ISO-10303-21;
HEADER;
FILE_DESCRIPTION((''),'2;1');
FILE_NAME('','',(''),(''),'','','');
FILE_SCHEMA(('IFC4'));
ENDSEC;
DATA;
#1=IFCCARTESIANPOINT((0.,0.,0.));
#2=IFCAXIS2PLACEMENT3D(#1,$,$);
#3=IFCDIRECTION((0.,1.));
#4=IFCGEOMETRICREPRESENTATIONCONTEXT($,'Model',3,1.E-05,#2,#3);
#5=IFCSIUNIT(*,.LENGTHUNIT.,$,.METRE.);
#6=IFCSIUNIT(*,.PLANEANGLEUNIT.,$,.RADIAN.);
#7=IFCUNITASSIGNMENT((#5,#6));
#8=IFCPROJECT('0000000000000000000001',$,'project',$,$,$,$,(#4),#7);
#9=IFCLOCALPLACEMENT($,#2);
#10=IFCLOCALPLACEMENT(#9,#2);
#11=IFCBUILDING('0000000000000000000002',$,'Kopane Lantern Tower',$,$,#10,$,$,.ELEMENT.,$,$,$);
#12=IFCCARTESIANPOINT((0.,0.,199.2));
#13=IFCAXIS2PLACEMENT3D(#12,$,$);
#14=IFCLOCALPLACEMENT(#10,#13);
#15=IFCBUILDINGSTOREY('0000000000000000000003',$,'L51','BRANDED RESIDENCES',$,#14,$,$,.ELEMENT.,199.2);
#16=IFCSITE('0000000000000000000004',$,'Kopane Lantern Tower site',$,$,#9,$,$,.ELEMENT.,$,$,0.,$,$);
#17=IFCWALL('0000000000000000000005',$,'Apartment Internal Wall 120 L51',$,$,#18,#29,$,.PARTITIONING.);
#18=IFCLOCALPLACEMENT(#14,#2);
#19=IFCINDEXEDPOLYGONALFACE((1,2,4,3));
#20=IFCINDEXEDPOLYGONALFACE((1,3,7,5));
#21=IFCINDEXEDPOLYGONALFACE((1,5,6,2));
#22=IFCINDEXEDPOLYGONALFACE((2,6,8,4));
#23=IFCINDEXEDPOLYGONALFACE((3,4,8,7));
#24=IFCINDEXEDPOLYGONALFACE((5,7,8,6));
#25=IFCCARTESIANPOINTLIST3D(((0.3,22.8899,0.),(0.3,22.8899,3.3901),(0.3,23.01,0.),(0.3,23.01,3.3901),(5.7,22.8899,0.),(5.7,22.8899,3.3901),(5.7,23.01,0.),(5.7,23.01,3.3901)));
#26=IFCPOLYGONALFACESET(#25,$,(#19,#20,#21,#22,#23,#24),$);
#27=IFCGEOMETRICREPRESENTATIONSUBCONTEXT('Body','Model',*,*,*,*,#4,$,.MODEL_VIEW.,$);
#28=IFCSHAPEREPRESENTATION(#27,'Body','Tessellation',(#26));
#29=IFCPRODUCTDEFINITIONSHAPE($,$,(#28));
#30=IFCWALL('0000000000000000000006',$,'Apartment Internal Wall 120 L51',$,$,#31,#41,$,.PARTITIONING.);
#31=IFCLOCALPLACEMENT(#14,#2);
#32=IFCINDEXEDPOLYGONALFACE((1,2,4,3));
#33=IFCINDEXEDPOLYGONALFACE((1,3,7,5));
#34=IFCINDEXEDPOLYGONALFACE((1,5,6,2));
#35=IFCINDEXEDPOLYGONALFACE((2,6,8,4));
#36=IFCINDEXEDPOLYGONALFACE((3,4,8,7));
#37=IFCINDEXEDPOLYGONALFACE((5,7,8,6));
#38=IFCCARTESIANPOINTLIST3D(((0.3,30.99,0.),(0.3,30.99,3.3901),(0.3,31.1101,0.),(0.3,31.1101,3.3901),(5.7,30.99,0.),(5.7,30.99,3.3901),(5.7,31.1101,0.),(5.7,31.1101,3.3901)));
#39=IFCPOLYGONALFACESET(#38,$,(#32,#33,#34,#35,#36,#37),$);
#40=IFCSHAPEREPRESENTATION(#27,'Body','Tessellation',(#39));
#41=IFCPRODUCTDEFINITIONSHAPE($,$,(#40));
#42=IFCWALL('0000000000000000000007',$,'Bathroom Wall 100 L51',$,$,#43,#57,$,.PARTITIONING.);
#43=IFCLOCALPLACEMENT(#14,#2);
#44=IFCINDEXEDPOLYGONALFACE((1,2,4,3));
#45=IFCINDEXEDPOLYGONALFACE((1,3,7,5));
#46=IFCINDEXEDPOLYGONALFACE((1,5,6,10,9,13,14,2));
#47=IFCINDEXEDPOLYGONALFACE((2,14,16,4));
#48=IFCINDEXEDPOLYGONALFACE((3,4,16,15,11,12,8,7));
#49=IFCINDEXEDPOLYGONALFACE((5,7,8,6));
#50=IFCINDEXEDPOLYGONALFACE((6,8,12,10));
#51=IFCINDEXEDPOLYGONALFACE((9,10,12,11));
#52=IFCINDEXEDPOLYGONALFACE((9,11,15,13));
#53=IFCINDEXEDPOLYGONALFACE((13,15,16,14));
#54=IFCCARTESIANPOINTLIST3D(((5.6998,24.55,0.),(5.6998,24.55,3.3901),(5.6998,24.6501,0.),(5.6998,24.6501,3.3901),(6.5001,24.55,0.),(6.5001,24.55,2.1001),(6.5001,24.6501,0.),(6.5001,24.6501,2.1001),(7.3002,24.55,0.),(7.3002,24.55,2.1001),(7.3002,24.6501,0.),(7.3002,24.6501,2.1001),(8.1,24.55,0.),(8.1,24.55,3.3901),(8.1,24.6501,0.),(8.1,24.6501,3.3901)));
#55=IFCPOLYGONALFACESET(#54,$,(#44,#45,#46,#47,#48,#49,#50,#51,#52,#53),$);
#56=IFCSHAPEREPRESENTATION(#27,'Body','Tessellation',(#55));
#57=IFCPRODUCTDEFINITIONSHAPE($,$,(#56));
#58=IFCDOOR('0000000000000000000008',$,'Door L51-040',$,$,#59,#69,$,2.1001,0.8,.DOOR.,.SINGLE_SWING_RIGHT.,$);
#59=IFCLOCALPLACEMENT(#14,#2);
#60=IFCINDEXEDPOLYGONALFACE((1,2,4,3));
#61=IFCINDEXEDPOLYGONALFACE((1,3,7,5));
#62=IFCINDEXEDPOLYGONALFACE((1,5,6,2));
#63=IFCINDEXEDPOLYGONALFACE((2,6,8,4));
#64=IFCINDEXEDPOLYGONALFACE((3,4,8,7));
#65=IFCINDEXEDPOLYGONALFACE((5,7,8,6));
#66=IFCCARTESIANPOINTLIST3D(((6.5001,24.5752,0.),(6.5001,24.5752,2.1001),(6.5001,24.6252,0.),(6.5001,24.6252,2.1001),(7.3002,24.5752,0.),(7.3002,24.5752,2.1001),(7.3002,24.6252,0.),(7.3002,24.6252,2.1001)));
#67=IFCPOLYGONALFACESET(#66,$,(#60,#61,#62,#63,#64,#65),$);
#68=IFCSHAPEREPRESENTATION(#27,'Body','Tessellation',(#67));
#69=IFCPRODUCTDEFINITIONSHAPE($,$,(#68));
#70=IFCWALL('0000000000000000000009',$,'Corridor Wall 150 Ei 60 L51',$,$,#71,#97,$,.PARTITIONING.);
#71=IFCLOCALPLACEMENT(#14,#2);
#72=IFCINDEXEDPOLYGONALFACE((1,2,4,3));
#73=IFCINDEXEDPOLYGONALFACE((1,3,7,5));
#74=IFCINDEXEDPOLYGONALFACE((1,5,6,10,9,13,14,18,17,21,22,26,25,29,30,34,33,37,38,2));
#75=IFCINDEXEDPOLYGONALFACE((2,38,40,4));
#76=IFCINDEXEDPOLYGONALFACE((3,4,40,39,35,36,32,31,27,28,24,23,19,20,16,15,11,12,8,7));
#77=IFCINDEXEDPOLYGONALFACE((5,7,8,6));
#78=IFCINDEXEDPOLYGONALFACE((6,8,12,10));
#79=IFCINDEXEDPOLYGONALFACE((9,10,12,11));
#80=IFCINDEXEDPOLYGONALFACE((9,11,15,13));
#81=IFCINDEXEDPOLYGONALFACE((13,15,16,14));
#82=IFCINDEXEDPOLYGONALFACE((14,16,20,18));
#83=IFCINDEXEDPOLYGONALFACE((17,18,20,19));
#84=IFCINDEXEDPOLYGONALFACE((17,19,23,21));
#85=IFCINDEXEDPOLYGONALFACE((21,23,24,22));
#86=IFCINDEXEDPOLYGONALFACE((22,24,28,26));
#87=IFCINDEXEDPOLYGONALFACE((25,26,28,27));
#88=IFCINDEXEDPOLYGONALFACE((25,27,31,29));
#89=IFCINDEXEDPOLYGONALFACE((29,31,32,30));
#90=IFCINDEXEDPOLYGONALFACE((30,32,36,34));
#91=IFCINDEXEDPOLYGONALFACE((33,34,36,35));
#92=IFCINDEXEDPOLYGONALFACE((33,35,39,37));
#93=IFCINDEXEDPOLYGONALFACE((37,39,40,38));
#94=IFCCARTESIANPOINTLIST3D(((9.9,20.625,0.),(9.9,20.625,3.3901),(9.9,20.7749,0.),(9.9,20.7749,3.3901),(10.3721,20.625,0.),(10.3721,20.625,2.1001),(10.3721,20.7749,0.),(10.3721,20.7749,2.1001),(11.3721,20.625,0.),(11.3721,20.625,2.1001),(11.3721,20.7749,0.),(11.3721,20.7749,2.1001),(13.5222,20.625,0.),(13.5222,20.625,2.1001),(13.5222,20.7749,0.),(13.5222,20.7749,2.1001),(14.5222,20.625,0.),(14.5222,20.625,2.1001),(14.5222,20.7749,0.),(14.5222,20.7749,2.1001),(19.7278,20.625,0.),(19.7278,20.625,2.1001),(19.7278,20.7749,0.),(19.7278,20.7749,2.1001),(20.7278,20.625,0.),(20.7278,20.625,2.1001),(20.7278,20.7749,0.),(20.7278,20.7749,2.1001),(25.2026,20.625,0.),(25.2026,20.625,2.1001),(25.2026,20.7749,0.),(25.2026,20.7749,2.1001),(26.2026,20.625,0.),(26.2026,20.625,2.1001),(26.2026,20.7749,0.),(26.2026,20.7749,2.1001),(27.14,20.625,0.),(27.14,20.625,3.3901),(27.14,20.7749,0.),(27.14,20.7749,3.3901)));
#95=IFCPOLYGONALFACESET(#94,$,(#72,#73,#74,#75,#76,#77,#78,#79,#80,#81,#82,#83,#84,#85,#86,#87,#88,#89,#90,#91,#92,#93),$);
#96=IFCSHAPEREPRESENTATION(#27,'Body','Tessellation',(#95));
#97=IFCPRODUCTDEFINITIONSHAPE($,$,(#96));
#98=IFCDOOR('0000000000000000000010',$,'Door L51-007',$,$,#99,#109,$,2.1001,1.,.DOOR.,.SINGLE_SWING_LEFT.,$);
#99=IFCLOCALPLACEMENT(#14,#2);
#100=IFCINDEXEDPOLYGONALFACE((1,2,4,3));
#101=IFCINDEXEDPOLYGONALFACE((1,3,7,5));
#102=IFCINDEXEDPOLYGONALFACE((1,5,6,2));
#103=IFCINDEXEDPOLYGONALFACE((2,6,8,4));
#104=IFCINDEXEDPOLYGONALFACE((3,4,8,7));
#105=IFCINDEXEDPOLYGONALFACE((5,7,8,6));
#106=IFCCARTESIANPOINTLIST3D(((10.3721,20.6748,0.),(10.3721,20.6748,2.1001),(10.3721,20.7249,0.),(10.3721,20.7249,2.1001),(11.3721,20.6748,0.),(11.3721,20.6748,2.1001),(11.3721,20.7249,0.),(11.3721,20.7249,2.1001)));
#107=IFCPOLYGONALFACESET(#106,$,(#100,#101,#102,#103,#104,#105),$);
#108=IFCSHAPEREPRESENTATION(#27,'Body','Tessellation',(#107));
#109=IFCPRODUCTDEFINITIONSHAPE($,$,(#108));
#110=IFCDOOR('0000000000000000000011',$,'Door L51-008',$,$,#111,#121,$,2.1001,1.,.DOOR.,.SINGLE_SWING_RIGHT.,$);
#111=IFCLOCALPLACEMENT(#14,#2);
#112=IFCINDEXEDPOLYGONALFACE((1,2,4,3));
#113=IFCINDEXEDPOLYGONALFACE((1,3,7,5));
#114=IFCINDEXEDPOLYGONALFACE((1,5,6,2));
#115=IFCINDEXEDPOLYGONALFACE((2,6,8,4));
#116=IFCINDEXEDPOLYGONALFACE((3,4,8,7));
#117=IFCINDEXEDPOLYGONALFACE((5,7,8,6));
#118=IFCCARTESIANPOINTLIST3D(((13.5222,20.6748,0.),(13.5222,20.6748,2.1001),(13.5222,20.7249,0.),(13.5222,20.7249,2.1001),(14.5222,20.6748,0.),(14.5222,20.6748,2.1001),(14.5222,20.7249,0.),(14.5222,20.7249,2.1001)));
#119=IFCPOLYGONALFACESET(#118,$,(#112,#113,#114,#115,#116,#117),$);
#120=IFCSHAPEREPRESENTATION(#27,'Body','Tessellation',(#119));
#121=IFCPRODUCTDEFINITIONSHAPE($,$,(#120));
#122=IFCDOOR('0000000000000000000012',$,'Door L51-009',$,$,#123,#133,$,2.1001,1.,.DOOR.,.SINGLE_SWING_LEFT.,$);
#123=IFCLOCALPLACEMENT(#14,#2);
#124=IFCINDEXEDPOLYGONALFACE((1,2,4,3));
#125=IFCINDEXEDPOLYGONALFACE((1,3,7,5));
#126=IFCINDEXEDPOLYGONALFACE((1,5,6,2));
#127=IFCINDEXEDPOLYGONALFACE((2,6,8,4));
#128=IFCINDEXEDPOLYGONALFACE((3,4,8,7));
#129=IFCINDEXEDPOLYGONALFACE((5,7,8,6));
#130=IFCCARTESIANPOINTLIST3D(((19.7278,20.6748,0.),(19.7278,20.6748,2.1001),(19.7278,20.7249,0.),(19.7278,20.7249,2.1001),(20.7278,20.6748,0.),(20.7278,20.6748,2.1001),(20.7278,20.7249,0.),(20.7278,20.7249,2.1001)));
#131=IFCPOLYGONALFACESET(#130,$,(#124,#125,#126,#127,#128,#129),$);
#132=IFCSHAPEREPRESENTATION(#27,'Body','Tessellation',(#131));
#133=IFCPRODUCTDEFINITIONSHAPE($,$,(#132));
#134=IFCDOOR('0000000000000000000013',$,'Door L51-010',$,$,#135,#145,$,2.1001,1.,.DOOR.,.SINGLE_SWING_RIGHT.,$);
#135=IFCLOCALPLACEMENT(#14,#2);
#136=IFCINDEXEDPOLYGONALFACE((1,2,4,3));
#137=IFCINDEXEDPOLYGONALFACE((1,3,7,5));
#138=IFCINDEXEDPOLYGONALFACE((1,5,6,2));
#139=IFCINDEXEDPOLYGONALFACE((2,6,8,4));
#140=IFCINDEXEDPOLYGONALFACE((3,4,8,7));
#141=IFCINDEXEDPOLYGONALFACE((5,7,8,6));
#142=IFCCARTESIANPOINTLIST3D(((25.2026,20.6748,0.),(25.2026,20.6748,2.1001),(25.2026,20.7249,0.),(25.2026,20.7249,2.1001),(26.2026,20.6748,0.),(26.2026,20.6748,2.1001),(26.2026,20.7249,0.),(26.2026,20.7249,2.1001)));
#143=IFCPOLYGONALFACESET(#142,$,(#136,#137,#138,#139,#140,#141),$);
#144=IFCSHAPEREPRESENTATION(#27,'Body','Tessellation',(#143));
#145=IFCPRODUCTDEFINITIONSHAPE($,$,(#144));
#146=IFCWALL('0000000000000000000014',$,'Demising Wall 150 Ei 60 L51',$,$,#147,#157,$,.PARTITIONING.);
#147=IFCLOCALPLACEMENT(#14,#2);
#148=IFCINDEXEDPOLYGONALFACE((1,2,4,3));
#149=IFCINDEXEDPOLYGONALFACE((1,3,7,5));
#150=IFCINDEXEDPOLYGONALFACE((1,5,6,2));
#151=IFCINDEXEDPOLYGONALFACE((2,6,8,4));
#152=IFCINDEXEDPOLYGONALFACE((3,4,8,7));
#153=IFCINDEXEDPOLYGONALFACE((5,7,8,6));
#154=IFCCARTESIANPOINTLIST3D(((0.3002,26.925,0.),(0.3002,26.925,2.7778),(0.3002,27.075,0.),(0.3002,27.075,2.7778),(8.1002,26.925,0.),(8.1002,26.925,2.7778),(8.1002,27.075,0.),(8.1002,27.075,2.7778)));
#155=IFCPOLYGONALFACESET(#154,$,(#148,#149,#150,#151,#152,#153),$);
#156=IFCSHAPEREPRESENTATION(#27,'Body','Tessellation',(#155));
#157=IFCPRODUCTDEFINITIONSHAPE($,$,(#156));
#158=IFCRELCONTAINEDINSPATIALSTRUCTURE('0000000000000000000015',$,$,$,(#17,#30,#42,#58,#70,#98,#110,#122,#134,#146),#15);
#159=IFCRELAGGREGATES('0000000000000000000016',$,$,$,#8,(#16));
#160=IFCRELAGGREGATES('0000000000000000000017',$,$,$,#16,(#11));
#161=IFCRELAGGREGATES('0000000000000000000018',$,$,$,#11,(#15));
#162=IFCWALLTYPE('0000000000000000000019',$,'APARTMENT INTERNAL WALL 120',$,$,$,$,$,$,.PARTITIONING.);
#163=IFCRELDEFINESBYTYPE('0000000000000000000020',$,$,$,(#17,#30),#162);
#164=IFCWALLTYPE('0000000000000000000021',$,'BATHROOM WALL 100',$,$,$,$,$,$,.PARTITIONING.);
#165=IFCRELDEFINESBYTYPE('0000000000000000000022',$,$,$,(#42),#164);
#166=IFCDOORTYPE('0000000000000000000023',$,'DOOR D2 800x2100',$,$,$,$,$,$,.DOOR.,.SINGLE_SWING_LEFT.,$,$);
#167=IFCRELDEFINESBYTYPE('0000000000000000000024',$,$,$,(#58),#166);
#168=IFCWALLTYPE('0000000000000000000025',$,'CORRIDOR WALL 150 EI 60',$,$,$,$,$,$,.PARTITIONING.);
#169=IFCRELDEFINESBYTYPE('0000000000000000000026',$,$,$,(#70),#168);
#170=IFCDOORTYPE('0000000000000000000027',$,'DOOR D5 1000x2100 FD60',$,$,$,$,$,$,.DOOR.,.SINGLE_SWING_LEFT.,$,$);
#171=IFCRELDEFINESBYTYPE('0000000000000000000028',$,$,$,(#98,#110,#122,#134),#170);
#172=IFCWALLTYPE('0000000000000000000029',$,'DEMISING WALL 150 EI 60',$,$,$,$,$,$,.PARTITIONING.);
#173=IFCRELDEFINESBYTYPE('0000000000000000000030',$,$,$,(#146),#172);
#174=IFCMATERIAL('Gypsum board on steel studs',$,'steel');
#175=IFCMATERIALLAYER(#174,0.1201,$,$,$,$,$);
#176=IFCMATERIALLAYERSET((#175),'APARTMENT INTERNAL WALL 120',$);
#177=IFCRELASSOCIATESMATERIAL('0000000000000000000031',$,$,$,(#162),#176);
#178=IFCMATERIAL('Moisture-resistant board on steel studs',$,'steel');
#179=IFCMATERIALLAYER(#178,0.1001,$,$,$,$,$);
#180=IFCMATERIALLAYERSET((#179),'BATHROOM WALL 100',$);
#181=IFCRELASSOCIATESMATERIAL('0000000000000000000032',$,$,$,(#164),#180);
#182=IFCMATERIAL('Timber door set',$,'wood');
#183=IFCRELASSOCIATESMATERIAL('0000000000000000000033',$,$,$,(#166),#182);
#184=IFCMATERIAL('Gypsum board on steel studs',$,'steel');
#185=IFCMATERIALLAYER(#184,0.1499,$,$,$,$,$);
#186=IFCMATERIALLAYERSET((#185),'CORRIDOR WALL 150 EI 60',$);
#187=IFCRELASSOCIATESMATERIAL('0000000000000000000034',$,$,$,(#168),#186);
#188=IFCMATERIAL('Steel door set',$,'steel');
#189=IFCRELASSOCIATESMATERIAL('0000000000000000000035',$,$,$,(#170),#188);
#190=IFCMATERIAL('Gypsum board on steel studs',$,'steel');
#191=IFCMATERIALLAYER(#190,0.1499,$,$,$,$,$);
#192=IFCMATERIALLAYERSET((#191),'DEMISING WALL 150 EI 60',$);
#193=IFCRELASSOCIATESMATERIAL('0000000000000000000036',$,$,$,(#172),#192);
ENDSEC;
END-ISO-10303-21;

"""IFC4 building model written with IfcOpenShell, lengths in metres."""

from ifc_helpers import new_model, si_unit, direction, frame, frame_2d, origin, place, context, subcontext, project, spatial, rectangle, extrude, material, layer, layer_set, type_object, element, fill, save


model = new_model("IFC4")

# Units and contexts
model_context = context("Model", 3, precision=1e-05, world=origin(), true_north=direction((0.0, 1.0)))
body_context = subcontext(model_context, "Body", "Model", "MODEL_VIEW")
ifc_project = project(units=[si_unit("LENGTHUNIT", "METRE"), si_unit("PLANEANGLEUNIT", "RADIAN")], contexts=[model_context])

# Site, building, storey
site_placement = place(None, origin())
site = spatial("IfcSite", under=ifc_project, at=site_placement, Name="Kopane Lantern Tower site", CompositionType="ELEMENT", RefElevation=0.0)
building_placement = place(site_placement, origin())
building = spatial("IfcBuilding", under=site, at=building_placement, Name="Kopane Lantern Tower", CompositionType="ELEMENT")
storey_placement = place(building_placement, frame((0.0, 0.0, 199.2)))
storey = spatial("IfcBuildingStorey", under=building, at=storey_placement, Name="L51", Description="BRANDED RESIDENCES", CompositionType="ELEMENT", Elevation=199.2)

# Walls
ifc_material_1 = material(Name="Gypsum board on steel studs", Category="steel")
ifc_layer_1 = layer(ifc_material_1, 0.1201)
ifc_layer_set_1 = layer_set([ifc_layer_1], Name="APARTMENT INTERNAL WALL 120")
wall_type_1 = type_object("IfcWallType", Name="APARTMENT INTERNAL WALL 120", PredefinedType="PARTITIONING", material=ifc_layer_set_1)
for number, where, z_axis, x_axis, name in (
    (1, (5.7, 22.95, 0.0), (0.0, 0.0, 1.0), (-1.0, 0.0, 0.0), "Apartment Internal Wall 120 L51"),
    (2, (5.7, 31.05, 0.0), (0.0, 0.0, 1.0), (-1.0, 0.0, 0.0), "Apartment Internal Wall 120 L51"),
):
    element("IfcWall", number, at=place(storey_placement, frame(where, z_axis=z_axis, x_axis=x_axis)), inside=storey, type_object=wall_type_1, Name=name, PredefinedType="PARTITIONING", context=body_context, shape_type="SweptSolid", body=[
        extrude(rectangle(XDim=5.3999, YDim=0.1201, at=frame_2d((2.7, 0.0))), origin(), (0.0, 0.0, 1.0), 3.3901),
    ])

# Wall, opening, door
ifc_material_2 = material(Name="Moisture-resistant board on steel studs", Category="steel")
ifc_layer_2 = layer(ifc_material_2, 0.1001)
ifc_layer_set_2 = layer_set([ifc_layer_2], Name="BATHROOM WALL 100")
wall_type_2 = type_object("IfcWallType", Name="BATHROOM WALL 100", PredefinedType="PARTITIONING", material=ifc_layer_set_2)
wall_1_placement = place(storey_placement, frame((8.1001, 24.6001, 0.0), z_axis=(0.0, 0.0, 1.0), x_axis=(-1.0, 0.0, 0.0)))
wall_1 = element("IfcWall", 3, at=wall_1_placement, inside=storey, type_object=wall_type_2, Name="Bathroom Wall 100 L51", PredefinedType="PARTITIONING", context=body_context, shape_type="SweptSolid", body=[
    extrude(rectangle(XDim=2.4001, YDim=0.1001, at=frame_2d((1.2002, 0.0))), origin(), (0.0, 0.0, 1.0), 3.3901),
])
opening_1_placement = place(wall_1_placement, frame((0.8, 0.0, 0.0)))
opening_1 = element("IfcOpeningElement", 4, at=opening_1_placement, cuts=wall_1, PredefinedType="OPENING", context=body_context, shape_type="SweptSolid", body=[
    extrude(rectangle(XDim=0.8, YDim=2.1001, at=frame_2d((0.3999, 1.05))), frame((0.0, 0.0601, 0.0), z_axis=(0.0, -1.0, 0.0), x_axis=(1.0, 0.0, 0.0)), (0.0, 0.0, 1.0), 0.1201),
])
ifc_material_3 = material(Name="Timber door set", Category="wood")
door_type_1 = type_object("IfcDoorType", Name="DOOR D2 800x2100", OperationType="SINGLE_SWING_LEFT", PredefinedType="DOOR", material=ifc_material_3)
door_1_placement = place(opening_1_placement, origin())
door_1 = element("IfcDoor", 5, at=door_1_placement, inside=storey, type_object=door_type_1, Name="Door L51-040", OperationType="SINGLE_SWING_RIGHT", OverallHeight=2.1001, OverallWidth=0.8, PredefinedType="DOOR", context=body_context, shape_type="SweptSolid", body=[
    extrude(rectangle(XDim=0.8, YDim=2.1001, at=frame_2d((0.3999, 1.05))), frame((0.0, 0.0249, 0.0), z_axis=(0.0, -1.0, 0.0), x_axis=(1.0, 0.0, 0.0)), (0.0, 0.0, 1.0), 0.05),
])
fill(opening_1, door_1)

# Wall, openings, doors
ifc_material_4 = material(Name="Gypsum board on steel studs", Category="steel")
ifc_layer_3 = layer(ifc_material_4, 0.1499)
ifc_layer_set_3 = layer_set([ifc_layer_3], Name="CORRIDOR WALL 150 EI 60")
wall_type_3 = type_object("IfcWallType", Name="CORRIDOR WALL 150 EI 60", PredefinedType="PARTITIONING", material=ifc_layer_set_3)
wall_2_placement = place(storey_placement, frame((9.8999, 20.7, 0.0), z_axis=(0.0, 0.0, 1.0), x_axis=(1.0, 0.0, 0.0)))
wall_2 = element("IfcWall", 6, at=wall_2_placement, inside=storey, type_object=wall_type_3, Name="Corridor Wall 150 Ei 60 L51", PredefinedType="PARTITIONING", context=body_context, shape_type="SweptSolid", body=[
    extrude(rectangle(XDim=17.24, YDim=0.1499, at=frame_2d((8.6201, 0.0))), origin(), (0.0, 0.0, 1.0), 3.3901),
])
opening_2_placement = place(wall_2_placement, frame((0.4722, 0.0, 0.0)))
opening_2 = element("IfcOpeningElement", 7, at=opening_2_placement, cuts=wall_2, PredefinedType="OPENING", context=body_context, shape_type="SweptSolid", body=[
    extrude(rectangle(XDim=1.0, YDim=2.1001, at=frame_2d((0.5, 1.05))), frame((0.0, 0.085, 0.0), z_axis=(0.0, -1.0, 0.0), x_axis=(1.0, 0.0, 0.0)), (0.0, 0.0, 1.0), 0.1699),
])
opening_3_placement = place(wall_2_placement, frame((3.6223, 0.0, 0.0)))
opening_3 = element("IfcOpeningElement", 8, at=opening_3_placement, cuts=wall_2, PredefinedType="OPENING", context=body_context, shape_type="SweptSolid", body=[
    extrude(rectangle(XDim=1.0, YDim=2.1001, at=frame_2d((0.5, 1.05))), frame((0.0, 0.085, 0.0), z_axis=(0.0, -1.0, 0.0), x_axis=(1.0, 0.0, 0.0)), (0.0, 0.0, 1.0), 0.1699),
])
opening_4_placement = place(wall_2_placement, frame((9.8279, 0.0, 0.0)))
opening_4 = element("IfcOpeningElement", 9, at=opening_4_placement, cuts=wall_2, PredefinedType="OPENING", context=body_context, shape_type="SweptSolid", body=[
    extrude(rectangle(XDim=1.0, YDim=2.1001, at=frame_2d((0.5, 1.05))), frame((0.0, 0.085, 0.0), z_axis=(0.0, -1.0, 0.0), x_axis=(1.0, 0.0, 0.0)), (0.0, 0.0, 1.0), 0.1699),
])
opening_5_placement = place(wall_2_placement, frame((15.3027, 0.0, 0.0)))
opening_5 = element("IfcOpeningElement", 10, at=opening_5_placement, cuts=wall_2, PredefinedType="OPENING", context=body_context, shape_type="SweptSolid", body=[
    extrude(rectangle(XDim=1.0, YDim=2.1001, at=frame_2d((0.5, 1.05))), frame((0.0, 0.085, 0.0), z_axis=(0.0, -1.0, 0.0), x_axis=(1.0, 0.0, 0.0)), (0.0, 0.0, 1.0), 0.1699),
])
ifc_material_5 = material(Name="Steel door set", Category="steel")
door_type_2 = type_object("IfcDoorType", Name="DOOR D5 1000x2100 FD60", OperationType="SINGLE_SWING_LEFT", PredefinedType="DOOR", material=ifc_material_5)
door_2_placement = place(opening_2_placement, origin())
door_2 = element("IfcDoor", 11, at=door_2_placement, inside=storey, type_object=door_type_2, Name="Door L51-007", OperationType="SINGLE_SWING_LEFT", OverallHeight=2.1001, OverallWidth=1.0, PredefinedType="DOOR", context=body_context, shape_type="SweptSolid", body=[
    extrude(rectangle(XDim=1.0, YDim=2.1001, at=frame_2d((0.5, 1.05))), frame((0.0, 0.0249, 0.0), z_axis=(0.0, -1.0, 0.0), x_axis=(1.0, 0.0, 0.0)), (0.0, 0.0, 1.0), 0.05),
])
fill(opening_2, door_2)
door_3_placement = place(opening_3_placement, origin())
door_3 = element("IfcDoor", 12, at=door_3_placement, inside=storey, type_object=door_type_2, Name="Door L51-008", OperationType="SINGLE_SWING_RIGHT", OverallHeight=2.1001, OverallWidth=1.0, PredefinedType="DOOR", context=body_context, shape_type="SweptSolid", body=[
    extrude(rectangle(XDim=1.0, YDim=2.1001, at=frame_2d((0.5, 1.05))), frame((0.0, 0.0249, 0.0), z_axis=(0.0, -1.0, 0.0), x_axis=(1.0, 0.0, 0.0)), (0.0, 0.0, 1.0), 0.05),
])
fill(opening_3, door_3)
door_4_placement = place(opening_4_placement, origin())
door_4 = element("IfcDoor", 13, at=door_4_placement, inside=storey, type_object=door_type_2, Name="Door L51-009", OperationType="SINGLE_SWING_LEFT", OverallHeight=2.1001, OverallWidth=1.0, PredefinedType="DOOR", context=body_context, shape_type="SweptSolid", body=[
    extrude(rectangle(XDim=1.0, YDim=2.1001, at=frame_2d((0.5, 1.05))), frame((0.0, 0.0249, 0.0), z_axis=(0.0, -1.0, 0.0), x_axis=(1.0, 0.0, 0.0)), (0.0, 0.0, 1.0), 0.05),
])
fill(opening_4, door_4)
door_5_placement = place(opening_5_placement, origin())
door_5 = element("IfcDoor", 14, at=door_5_placement, inside=storey, type_object=door_type_2, Name="Door L51-010", OperationType="SINGLE_SWING_RIGHT", OverallHeight=2.1001, OverallWidth=1.0, PredefinedType="DOOR", context=body_context, shape_type="SweptSolid", body=[
    extrude(rectangle(XDim=1.0, YDim=2.1001, at=frame_2d((0.5, 1.05))), frame((0.0, 0.0249, 0.0), z_axis=(0.0, -1.0, 0.0), x_axis=(1.0, 0.0, 0.0)), (0.0, 0.0, 1.0), 0.05),
])
fill(opening_5, door_5)

# Wall
ifc_material_6 = material(Name="Gypsum board on steel studs", Category="steel")
ifc_layer_4 = layer(ifc_material_6, 0.1499)
ifc_layer_set_4 = layer_set([ifc_layer_4], Name="DEMISING WALL 150 EI 60")
wall_type_4 = type_object("IfcWallType", Name="DEMISING WALL 150 EI 60", PredefinedType="PARTITIONING", material=ifc_layer_set_4)
wall_3_placement = place(storey_placement, frame((8.1001, 27.0, 0.0), z_axis=(0.0, 0.0, 1.0), x_axis=(-1.0, 0.0, 0.0)))
element("IfcWall", 15, at=wall_3_placement, inside=storey, type_object=wall_type_4, Name="Demising Wall 150 Ei 60 L51", PredefinedType="PARTITIONING", context=body_context, shape_type="SweptSolid", body=[
    extrude(rectangle(XDim=7.8, YDim=0.1499, at=frame_2d((3.8999, 0.0))), origin(), (0.0, 0.0, 1.0), 2.7778),
])

save(model, "model.ifc")
